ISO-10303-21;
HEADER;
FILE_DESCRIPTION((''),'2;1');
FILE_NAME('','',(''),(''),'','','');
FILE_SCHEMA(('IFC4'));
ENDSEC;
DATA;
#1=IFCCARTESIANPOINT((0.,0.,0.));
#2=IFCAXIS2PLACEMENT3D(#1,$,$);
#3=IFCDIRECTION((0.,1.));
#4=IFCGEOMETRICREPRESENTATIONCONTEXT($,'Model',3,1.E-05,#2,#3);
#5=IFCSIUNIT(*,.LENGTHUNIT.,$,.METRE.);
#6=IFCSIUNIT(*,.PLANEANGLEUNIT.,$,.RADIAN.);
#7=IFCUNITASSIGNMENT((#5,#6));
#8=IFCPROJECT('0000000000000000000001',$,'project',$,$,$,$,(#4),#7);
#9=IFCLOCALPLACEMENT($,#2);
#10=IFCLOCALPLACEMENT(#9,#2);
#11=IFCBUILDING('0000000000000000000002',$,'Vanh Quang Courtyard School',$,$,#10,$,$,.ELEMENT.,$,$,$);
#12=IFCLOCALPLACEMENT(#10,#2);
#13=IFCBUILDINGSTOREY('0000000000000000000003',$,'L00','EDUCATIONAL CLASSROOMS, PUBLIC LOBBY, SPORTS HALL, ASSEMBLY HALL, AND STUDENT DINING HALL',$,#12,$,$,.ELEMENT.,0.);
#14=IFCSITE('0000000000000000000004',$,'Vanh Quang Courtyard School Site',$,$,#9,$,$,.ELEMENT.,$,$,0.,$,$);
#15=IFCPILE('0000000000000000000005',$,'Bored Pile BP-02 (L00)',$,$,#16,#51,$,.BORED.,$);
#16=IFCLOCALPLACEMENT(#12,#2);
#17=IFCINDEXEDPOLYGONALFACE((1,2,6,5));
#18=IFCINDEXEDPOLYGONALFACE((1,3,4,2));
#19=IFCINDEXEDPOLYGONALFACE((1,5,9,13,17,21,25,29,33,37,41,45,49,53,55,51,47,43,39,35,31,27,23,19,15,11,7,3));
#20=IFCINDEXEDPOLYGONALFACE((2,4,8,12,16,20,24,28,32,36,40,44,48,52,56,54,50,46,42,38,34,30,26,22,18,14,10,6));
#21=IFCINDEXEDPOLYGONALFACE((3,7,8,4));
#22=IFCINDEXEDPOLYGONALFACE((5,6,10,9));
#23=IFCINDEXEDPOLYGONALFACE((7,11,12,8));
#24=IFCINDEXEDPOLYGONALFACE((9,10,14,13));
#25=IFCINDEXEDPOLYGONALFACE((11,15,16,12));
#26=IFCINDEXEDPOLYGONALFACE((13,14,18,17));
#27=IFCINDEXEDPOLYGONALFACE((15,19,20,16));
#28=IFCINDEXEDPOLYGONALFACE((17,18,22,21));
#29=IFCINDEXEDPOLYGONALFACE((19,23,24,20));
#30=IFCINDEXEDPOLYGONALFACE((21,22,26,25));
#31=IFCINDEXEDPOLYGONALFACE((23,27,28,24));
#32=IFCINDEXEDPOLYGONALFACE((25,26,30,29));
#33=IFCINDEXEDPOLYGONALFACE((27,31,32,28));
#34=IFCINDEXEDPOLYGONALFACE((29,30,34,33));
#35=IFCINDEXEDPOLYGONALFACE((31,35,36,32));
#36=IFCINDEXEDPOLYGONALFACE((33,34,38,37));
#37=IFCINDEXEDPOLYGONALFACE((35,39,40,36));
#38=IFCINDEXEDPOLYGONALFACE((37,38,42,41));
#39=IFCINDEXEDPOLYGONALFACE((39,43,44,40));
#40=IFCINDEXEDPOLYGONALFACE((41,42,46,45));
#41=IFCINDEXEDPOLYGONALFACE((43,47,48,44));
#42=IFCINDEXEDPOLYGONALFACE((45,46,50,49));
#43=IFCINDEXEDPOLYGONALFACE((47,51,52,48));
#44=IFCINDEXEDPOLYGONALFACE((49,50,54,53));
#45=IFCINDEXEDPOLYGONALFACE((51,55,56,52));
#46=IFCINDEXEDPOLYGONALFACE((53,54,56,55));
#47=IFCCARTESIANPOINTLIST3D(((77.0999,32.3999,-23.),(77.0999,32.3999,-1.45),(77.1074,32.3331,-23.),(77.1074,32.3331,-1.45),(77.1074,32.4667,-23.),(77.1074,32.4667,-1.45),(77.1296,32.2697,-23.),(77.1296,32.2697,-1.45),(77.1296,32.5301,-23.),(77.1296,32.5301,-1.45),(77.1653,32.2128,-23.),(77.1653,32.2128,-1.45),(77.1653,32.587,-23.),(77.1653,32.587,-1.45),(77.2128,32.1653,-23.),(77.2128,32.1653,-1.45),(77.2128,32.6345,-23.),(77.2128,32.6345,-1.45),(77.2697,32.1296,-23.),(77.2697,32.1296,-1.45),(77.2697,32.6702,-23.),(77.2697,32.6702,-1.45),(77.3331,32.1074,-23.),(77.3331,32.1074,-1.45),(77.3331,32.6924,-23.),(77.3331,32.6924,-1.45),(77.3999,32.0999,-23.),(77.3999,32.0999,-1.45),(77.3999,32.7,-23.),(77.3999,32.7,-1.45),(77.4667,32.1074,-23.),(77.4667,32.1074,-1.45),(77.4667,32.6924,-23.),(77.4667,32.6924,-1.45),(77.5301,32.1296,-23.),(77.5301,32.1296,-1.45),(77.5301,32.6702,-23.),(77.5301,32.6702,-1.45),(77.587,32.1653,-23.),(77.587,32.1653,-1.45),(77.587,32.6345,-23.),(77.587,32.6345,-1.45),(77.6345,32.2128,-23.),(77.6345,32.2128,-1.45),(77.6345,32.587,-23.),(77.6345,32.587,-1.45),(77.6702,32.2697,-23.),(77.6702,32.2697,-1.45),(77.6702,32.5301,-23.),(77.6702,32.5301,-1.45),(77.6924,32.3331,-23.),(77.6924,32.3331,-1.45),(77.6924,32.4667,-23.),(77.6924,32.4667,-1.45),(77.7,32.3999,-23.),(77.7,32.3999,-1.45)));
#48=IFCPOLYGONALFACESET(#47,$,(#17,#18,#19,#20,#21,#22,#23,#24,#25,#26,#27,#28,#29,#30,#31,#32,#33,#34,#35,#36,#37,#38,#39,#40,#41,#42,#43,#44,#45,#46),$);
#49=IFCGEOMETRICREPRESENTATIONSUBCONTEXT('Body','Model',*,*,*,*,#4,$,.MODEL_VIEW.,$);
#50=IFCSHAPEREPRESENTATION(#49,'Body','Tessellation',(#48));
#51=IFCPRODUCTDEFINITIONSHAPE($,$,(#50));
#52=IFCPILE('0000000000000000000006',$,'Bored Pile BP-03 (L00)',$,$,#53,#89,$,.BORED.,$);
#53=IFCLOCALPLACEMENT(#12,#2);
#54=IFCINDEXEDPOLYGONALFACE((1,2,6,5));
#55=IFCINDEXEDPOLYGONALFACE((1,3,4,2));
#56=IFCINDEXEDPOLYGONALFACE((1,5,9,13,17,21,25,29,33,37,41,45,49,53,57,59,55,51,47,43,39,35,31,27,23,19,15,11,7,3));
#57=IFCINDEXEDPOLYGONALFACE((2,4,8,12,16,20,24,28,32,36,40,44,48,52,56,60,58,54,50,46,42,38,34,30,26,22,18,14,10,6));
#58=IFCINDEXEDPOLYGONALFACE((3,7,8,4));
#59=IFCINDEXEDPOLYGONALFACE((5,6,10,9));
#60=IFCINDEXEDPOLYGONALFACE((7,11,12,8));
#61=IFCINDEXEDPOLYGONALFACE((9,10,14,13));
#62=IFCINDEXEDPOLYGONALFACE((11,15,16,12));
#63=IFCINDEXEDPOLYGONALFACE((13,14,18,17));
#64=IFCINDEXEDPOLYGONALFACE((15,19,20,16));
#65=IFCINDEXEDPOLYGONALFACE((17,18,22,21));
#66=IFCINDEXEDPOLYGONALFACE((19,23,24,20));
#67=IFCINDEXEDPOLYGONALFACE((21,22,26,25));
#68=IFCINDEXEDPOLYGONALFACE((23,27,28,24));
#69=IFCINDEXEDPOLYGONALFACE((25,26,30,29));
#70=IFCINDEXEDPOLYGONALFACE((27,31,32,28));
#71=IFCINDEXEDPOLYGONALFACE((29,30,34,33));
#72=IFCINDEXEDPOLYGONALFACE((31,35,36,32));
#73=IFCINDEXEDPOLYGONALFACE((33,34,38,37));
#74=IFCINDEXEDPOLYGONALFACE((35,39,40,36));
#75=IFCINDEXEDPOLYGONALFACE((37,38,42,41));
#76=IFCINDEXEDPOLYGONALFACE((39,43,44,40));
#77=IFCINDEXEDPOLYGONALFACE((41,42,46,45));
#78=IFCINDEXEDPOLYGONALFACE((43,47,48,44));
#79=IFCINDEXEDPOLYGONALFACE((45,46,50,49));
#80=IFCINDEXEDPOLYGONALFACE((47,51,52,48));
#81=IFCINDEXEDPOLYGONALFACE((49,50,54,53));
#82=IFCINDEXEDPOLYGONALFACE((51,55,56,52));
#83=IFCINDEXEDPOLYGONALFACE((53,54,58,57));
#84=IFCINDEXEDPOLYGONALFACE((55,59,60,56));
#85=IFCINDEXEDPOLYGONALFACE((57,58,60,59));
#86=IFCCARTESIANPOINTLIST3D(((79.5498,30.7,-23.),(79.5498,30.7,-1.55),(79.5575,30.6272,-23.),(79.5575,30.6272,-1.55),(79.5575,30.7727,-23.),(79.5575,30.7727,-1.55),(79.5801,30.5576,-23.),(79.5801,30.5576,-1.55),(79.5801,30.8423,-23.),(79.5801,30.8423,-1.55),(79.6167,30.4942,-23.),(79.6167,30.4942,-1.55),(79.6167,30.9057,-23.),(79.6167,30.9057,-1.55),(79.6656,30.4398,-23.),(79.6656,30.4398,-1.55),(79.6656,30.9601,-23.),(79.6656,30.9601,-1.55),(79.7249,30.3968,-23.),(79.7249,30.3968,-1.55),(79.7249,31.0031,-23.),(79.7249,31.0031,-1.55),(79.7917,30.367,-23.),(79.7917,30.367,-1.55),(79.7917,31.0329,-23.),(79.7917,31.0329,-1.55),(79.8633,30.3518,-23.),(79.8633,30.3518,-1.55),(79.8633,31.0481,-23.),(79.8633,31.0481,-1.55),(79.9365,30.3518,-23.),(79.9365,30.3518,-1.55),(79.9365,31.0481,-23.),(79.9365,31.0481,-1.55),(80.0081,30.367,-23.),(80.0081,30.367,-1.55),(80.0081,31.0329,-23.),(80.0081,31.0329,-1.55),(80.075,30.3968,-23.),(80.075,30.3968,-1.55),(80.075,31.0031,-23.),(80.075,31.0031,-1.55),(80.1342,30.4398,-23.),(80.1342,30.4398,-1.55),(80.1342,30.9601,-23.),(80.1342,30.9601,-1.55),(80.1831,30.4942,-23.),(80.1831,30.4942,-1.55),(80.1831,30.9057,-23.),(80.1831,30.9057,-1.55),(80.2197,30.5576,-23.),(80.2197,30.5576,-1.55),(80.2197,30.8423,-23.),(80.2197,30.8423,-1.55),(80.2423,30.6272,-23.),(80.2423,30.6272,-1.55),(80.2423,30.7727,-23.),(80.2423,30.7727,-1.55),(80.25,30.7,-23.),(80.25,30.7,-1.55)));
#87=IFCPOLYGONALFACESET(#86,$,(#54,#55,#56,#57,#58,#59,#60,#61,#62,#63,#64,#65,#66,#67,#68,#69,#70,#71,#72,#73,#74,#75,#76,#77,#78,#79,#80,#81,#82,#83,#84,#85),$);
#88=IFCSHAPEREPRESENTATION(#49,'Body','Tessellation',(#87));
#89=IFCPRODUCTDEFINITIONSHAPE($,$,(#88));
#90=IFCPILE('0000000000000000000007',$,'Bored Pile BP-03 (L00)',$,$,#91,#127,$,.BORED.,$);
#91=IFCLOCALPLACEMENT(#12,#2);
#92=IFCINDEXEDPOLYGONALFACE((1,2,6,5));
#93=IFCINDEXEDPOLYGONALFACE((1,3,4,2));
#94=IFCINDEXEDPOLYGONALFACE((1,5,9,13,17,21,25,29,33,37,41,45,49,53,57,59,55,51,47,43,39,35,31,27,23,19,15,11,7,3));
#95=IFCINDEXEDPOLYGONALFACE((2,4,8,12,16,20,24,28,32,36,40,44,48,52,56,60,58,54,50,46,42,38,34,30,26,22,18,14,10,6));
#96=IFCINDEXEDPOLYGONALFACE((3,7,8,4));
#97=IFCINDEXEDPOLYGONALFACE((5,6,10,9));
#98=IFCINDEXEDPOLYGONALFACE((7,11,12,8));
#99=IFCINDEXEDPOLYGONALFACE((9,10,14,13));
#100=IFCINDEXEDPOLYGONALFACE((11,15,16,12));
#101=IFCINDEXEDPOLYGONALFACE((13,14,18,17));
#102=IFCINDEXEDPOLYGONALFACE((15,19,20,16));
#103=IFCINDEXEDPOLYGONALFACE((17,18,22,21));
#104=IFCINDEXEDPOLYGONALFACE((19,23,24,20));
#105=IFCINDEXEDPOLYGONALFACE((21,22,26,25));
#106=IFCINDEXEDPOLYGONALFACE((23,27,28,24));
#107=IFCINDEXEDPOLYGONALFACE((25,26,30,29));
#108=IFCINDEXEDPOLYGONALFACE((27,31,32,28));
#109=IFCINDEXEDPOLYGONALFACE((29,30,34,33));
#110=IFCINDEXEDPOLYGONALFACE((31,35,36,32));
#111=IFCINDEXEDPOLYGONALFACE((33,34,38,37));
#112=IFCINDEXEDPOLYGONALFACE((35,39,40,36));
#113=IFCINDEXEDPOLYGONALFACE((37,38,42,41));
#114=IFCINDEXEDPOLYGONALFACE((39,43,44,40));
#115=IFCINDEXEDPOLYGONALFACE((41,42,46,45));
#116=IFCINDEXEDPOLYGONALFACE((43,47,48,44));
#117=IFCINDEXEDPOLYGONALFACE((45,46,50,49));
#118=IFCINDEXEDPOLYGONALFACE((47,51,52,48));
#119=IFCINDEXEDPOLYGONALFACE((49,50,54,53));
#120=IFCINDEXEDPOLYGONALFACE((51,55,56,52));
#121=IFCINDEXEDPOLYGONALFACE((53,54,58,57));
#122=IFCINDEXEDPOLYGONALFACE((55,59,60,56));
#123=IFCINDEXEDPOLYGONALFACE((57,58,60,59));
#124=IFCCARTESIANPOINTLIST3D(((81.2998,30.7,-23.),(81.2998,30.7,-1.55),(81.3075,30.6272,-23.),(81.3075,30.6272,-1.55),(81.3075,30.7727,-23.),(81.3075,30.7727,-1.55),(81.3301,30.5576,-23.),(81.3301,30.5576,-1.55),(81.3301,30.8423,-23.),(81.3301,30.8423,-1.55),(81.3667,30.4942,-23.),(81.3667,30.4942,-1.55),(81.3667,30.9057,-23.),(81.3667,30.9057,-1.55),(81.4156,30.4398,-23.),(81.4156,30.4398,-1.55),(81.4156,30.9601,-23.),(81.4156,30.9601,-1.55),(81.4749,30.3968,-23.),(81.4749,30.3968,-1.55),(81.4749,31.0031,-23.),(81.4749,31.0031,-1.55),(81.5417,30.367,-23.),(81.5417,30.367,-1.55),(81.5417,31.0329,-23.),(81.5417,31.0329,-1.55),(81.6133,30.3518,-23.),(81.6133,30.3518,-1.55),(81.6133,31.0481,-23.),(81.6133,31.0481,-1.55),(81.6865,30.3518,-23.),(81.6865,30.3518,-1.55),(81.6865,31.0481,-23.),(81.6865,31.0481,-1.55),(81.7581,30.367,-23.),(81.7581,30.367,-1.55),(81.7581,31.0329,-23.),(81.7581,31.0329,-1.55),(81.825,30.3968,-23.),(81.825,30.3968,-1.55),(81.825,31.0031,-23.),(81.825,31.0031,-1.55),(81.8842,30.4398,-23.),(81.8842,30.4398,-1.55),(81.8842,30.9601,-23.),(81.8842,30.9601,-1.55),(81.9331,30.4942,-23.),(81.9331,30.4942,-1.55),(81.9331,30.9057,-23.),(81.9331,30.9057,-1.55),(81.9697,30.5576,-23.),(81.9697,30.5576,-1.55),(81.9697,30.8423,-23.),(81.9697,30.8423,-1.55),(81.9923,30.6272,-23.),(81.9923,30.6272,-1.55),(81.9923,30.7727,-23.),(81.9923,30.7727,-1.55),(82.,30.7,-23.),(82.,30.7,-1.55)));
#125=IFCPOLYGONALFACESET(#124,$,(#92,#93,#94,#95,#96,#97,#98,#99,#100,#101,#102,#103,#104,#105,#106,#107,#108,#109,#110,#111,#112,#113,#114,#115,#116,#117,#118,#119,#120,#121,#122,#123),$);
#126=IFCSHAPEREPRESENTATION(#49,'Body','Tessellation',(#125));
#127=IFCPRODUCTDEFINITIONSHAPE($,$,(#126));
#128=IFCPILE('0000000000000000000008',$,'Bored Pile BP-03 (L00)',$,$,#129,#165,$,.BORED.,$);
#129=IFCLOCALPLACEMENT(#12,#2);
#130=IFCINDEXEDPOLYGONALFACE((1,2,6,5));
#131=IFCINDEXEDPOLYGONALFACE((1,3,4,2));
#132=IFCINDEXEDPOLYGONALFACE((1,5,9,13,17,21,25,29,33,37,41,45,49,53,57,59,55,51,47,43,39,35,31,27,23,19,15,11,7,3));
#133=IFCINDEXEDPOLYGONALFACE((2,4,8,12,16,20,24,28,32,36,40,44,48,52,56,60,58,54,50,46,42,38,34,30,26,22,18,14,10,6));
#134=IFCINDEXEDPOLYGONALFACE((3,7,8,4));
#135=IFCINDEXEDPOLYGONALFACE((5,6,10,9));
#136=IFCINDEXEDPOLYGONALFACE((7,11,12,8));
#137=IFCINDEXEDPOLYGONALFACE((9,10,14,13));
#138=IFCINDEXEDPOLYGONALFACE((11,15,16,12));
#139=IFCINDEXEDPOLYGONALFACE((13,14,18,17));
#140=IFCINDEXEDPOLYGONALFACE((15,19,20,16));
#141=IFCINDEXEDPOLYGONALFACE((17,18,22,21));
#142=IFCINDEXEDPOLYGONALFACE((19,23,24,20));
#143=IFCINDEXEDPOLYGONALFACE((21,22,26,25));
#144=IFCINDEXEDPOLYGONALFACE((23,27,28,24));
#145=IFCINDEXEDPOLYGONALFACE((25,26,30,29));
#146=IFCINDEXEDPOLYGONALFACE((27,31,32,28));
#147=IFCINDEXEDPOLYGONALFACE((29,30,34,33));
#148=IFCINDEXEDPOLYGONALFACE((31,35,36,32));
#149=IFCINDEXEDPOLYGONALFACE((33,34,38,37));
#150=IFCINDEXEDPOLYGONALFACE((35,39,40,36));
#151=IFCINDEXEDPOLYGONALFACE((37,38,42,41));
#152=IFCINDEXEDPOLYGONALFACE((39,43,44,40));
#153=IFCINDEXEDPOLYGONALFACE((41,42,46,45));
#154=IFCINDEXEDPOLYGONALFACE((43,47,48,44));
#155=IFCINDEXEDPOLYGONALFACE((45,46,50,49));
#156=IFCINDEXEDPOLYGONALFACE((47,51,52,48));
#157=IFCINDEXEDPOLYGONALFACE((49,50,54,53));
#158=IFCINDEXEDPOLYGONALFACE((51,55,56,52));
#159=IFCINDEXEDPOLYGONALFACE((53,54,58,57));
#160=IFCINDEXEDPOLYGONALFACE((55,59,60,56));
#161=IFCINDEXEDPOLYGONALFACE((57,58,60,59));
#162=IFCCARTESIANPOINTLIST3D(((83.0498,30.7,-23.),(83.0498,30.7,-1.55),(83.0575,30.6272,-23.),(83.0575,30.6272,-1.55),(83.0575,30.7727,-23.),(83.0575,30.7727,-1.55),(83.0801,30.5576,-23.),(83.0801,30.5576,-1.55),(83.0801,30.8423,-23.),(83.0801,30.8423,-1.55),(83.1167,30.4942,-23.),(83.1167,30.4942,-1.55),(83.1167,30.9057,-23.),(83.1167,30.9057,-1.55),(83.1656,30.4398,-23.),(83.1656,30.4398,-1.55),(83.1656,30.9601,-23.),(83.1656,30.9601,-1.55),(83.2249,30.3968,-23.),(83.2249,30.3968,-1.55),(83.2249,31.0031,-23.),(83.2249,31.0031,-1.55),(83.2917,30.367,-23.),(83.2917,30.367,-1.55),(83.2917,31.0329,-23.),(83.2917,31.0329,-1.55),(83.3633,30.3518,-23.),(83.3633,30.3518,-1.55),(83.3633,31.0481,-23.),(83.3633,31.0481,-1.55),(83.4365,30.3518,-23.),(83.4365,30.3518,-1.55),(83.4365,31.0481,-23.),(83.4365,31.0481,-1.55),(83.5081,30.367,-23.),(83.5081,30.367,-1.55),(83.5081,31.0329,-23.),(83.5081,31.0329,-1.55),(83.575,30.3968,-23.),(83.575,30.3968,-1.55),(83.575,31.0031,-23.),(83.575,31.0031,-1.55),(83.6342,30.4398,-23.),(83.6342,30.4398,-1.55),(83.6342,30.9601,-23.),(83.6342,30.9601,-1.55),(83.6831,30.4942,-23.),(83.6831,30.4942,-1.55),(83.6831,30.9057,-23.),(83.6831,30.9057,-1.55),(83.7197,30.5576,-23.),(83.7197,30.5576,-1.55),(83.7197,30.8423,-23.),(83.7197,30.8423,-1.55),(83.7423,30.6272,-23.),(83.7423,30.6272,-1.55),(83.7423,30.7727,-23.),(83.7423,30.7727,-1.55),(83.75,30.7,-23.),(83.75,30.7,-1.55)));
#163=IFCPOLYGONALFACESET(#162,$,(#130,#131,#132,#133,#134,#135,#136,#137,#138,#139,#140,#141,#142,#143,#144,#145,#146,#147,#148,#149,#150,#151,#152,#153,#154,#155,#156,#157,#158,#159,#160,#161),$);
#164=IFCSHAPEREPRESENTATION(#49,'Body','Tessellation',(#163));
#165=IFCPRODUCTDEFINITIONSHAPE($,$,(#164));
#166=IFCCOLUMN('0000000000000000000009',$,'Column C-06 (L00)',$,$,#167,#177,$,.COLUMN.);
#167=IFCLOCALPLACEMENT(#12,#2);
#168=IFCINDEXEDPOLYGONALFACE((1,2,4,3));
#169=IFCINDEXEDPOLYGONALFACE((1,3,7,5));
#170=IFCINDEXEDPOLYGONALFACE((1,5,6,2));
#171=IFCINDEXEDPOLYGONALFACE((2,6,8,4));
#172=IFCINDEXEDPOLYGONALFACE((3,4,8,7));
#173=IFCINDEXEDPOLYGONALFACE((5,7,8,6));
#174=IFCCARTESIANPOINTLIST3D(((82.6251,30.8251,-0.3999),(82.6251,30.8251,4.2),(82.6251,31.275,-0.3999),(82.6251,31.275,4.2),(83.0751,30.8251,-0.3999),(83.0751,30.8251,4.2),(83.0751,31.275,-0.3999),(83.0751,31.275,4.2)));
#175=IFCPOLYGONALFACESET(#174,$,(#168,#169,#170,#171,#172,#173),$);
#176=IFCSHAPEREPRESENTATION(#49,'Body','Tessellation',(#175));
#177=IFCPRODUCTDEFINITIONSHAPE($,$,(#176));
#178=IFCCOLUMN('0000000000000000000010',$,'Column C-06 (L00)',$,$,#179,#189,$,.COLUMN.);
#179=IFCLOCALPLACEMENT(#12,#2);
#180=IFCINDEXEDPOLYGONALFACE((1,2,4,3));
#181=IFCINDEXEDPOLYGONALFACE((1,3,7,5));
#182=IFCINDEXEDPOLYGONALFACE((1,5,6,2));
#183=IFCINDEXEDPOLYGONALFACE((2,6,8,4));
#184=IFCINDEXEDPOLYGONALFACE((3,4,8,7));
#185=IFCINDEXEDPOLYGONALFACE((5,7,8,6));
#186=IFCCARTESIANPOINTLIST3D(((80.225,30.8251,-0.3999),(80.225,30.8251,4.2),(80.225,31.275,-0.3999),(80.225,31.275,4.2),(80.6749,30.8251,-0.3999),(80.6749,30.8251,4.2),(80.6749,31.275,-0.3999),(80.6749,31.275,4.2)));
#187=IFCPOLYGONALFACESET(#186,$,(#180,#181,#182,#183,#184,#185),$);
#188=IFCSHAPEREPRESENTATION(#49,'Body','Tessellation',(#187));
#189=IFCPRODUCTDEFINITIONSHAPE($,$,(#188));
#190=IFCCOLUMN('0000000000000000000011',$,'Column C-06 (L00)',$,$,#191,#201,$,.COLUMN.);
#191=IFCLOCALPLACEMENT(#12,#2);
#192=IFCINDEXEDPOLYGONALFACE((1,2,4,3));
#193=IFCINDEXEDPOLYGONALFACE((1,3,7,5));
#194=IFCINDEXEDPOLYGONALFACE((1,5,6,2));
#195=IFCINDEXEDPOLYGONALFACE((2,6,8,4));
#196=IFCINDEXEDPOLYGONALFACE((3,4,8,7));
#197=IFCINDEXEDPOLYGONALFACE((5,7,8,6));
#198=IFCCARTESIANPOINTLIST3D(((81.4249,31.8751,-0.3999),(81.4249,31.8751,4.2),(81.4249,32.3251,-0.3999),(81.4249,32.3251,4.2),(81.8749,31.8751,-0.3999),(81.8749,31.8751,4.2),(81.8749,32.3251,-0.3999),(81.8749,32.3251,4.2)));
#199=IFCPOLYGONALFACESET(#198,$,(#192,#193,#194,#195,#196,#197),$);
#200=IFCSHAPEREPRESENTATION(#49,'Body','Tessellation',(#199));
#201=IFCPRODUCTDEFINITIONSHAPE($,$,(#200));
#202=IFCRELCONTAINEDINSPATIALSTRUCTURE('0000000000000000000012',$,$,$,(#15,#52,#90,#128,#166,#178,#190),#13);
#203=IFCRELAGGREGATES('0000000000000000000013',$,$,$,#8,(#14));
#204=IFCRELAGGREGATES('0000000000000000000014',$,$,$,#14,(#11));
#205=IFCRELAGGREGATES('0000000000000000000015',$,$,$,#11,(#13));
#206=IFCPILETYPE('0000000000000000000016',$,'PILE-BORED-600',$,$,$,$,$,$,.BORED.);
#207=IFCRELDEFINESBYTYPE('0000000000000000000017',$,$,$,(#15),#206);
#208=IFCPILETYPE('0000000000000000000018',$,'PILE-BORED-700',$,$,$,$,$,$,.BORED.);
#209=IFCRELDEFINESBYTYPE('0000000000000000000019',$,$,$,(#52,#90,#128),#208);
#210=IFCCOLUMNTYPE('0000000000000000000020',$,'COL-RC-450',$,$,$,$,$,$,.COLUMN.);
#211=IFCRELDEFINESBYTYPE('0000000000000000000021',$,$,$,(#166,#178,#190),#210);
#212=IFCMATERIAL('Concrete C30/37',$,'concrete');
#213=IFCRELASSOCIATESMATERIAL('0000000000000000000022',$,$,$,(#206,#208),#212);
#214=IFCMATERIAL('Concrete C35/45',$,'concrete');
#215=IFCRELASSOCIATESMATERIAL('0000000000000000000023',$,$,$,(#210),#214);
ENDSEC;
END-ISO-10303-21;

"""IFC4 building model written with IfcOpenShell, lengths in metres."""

from ifc_helpers import new_model, si_unit, direction, frame, origin, origin_2d, place, context, subcontext, project, spatial, rectangle, circle, extrude, material, material_profile, profile_set, type_object, element, save


model = new_model("IFC4")

# Units and contexts
model_context = context("Model", 3, precision=1e-05, world=origin(), true_north=direction((0.0, 1.0)))
body_context = subcontext(model_context, "Body", "Model", "MODEL_VIEW")
ifc_project = project(units=[si_unit("LENGTHUNIT", "METRE"), si_unit("PLANEANGLEUNIT", "RADIAN")], contexts=[model_context])

# Site, building, storey
site_placement = place(None, origin())
site = spatial("IfcSite", under=ifc_project, at=site_placement, Name="Vanh Quang Courtyard School Site", CompositionType="ELEMENT", RefElevation=0.0)
building_placement = place(site_placement, origin())
building = spatial("IfcBuilding", under=site, at=building_placement, Name="Vanh Quang Courtyard School", CompositionType="ELEMENT")
storey_placement = place(building_placement, origin())
storey = spatial("IfcBuildingStorey", under=building, at=storey_placement, Name="L00", Description="EDUCATIONAL CLASSROOMS, PUBLIC LOBBY, SPORTS HALL, ASSEMBLY HALL, AND STUDENT DINING HALL", CompositionType="ELEMENT", Elevation=0.0)

# Shared definitions
ifc_material_1 = material(Name="Concrete C35/45", Category="concrete")

# Piles
ifc_material_2 = material(Name="Concrete C30/37", Category="concrete")
ifc_material_profile_1 = material_profile(ifc_material_2, circle(Radius=0.3, at=origin_2d()), Name="PILE D600")
ifc_profile_set_1 = profile_set([ifc_material_profile_1], Name="Concrete C30/37")
pile_type_1 = type_object("IfcPileType", Name="PILE-BORED-600", PredefinedType="BORED", material=ifc_profile_set_1)
for number, where, z_axis, x_axis, name in (
    (1, (77.3999, 32.3999, -1.45), (0.0, 0.0, -1.0), (1.0, 0.0, 0.0), "Bored Pile BP-02 (L00)"),
):
    element("IfcPile", number, at=place(storey_placement, frame(where, z_axis=z_axis, x_axis=x_axis)), inside=storey, type_object=pile_type_1, Name=name, PredefinedType="BORED", context=body_context, shape_type="SweptSolid", body=[
        extrude(circle(Radius=0.3, at=origin_2d()), origin(), (0.0, 0.0, 1.0), 21.55),
    ])
ifc_material_profile_2 = material_profile(ifc_material_2, circle(Radius=0.3501, at=origin_2d()), Name="PILE D700")
ifc_profile_set_2 = profile_set([ifc_material_profile_2], Name="Concrete C30/37")
pile_type_2 = type_object("IfcPileType", Name="PILE-BORED-700", PredefinedType="BORED", material=ifc_profile_set_2)
for number, where, z_axis, x_axis, name in (
    (2, (79.8999, 30.7, -1.55), (0.0, 0.0, -1.0), (1.0, 0.0, 0.0), "Bored Pile BP-03 (L00)"),
    (3, (81.6499, 30.7, -1.55), (0.0, 0.0, -1.0), (1.0, 0.0, 0.0), "Bored Pile BP-03 (L00)"),
    (4, (83.3999, 30.7, -1.55), (0.0, 0.0, -1.0), (1.0, 0.0, 0.0), "Bored Pile BP-03 (L00)"),
):
    element("IfcPile", number, at=place(storey_placement, frame(where, z_axis=z_axis, x_axis=x_axis)), inside=storey, type_object=pile_type_2, Name=name, PredefinedType="BORED", context=body_context, shape_type="SweptSolid", body=[
        extrude(circle(Radius=0.3501, at=origin_2d()), origin(), (0.0, 0.0, 1.0), 21.45),
    ])

# Columns
ifc_material_profile_3 = material_profile(ifc_material_1, rectangle(XDim=0.45, YDim=0.45, at=origin_2d()), Name="RC-COL 450x450")
ifc_profile_set_3 = profile_set([ifc_material_profile_3], Name="Concrete C35/45")
column_type_1 = type_object("IfcColumnType", Name="COL-RC-450", PredefinedType="COLUMN", material=ifc_profile_set_3)
for number, where, z_axis, x_axis, name in (
    (5, (82.8501, 31.05, -0.3999), (0.0, 0.0, 1.0), (1.0, 0.0, 0.0), "Column C-06 (L00)"),
    (6, (80.45, 31.05, -0.3999), (0.0, 0.0, 1.0), (1.0, 0.0, 0.0), "Column C-06 (L00)"),
    (7, (81.6499, 32.1001, -0.3999), (0.0, 0.0, 1.0), (1.0, 0.0, 0.0), "Column C-06 (L00)"),
):
    element("IfcColumn", number, at=place(storey_placement, frame(where, z_axis=z_axis, x_axis=x_axis)), inside=storey, type_object=column_type_1, Name=name, PredefinedType="COLUMN", context=body_context, shape_type="SweptSolid", body=[
        extrude(rectangle(XDim=0.45, YDim=0.45, at=origin_2d()), origin(), (0.0, 0.0, 1.0), 4.5999),
    ])

save(model, "model.ifc")
